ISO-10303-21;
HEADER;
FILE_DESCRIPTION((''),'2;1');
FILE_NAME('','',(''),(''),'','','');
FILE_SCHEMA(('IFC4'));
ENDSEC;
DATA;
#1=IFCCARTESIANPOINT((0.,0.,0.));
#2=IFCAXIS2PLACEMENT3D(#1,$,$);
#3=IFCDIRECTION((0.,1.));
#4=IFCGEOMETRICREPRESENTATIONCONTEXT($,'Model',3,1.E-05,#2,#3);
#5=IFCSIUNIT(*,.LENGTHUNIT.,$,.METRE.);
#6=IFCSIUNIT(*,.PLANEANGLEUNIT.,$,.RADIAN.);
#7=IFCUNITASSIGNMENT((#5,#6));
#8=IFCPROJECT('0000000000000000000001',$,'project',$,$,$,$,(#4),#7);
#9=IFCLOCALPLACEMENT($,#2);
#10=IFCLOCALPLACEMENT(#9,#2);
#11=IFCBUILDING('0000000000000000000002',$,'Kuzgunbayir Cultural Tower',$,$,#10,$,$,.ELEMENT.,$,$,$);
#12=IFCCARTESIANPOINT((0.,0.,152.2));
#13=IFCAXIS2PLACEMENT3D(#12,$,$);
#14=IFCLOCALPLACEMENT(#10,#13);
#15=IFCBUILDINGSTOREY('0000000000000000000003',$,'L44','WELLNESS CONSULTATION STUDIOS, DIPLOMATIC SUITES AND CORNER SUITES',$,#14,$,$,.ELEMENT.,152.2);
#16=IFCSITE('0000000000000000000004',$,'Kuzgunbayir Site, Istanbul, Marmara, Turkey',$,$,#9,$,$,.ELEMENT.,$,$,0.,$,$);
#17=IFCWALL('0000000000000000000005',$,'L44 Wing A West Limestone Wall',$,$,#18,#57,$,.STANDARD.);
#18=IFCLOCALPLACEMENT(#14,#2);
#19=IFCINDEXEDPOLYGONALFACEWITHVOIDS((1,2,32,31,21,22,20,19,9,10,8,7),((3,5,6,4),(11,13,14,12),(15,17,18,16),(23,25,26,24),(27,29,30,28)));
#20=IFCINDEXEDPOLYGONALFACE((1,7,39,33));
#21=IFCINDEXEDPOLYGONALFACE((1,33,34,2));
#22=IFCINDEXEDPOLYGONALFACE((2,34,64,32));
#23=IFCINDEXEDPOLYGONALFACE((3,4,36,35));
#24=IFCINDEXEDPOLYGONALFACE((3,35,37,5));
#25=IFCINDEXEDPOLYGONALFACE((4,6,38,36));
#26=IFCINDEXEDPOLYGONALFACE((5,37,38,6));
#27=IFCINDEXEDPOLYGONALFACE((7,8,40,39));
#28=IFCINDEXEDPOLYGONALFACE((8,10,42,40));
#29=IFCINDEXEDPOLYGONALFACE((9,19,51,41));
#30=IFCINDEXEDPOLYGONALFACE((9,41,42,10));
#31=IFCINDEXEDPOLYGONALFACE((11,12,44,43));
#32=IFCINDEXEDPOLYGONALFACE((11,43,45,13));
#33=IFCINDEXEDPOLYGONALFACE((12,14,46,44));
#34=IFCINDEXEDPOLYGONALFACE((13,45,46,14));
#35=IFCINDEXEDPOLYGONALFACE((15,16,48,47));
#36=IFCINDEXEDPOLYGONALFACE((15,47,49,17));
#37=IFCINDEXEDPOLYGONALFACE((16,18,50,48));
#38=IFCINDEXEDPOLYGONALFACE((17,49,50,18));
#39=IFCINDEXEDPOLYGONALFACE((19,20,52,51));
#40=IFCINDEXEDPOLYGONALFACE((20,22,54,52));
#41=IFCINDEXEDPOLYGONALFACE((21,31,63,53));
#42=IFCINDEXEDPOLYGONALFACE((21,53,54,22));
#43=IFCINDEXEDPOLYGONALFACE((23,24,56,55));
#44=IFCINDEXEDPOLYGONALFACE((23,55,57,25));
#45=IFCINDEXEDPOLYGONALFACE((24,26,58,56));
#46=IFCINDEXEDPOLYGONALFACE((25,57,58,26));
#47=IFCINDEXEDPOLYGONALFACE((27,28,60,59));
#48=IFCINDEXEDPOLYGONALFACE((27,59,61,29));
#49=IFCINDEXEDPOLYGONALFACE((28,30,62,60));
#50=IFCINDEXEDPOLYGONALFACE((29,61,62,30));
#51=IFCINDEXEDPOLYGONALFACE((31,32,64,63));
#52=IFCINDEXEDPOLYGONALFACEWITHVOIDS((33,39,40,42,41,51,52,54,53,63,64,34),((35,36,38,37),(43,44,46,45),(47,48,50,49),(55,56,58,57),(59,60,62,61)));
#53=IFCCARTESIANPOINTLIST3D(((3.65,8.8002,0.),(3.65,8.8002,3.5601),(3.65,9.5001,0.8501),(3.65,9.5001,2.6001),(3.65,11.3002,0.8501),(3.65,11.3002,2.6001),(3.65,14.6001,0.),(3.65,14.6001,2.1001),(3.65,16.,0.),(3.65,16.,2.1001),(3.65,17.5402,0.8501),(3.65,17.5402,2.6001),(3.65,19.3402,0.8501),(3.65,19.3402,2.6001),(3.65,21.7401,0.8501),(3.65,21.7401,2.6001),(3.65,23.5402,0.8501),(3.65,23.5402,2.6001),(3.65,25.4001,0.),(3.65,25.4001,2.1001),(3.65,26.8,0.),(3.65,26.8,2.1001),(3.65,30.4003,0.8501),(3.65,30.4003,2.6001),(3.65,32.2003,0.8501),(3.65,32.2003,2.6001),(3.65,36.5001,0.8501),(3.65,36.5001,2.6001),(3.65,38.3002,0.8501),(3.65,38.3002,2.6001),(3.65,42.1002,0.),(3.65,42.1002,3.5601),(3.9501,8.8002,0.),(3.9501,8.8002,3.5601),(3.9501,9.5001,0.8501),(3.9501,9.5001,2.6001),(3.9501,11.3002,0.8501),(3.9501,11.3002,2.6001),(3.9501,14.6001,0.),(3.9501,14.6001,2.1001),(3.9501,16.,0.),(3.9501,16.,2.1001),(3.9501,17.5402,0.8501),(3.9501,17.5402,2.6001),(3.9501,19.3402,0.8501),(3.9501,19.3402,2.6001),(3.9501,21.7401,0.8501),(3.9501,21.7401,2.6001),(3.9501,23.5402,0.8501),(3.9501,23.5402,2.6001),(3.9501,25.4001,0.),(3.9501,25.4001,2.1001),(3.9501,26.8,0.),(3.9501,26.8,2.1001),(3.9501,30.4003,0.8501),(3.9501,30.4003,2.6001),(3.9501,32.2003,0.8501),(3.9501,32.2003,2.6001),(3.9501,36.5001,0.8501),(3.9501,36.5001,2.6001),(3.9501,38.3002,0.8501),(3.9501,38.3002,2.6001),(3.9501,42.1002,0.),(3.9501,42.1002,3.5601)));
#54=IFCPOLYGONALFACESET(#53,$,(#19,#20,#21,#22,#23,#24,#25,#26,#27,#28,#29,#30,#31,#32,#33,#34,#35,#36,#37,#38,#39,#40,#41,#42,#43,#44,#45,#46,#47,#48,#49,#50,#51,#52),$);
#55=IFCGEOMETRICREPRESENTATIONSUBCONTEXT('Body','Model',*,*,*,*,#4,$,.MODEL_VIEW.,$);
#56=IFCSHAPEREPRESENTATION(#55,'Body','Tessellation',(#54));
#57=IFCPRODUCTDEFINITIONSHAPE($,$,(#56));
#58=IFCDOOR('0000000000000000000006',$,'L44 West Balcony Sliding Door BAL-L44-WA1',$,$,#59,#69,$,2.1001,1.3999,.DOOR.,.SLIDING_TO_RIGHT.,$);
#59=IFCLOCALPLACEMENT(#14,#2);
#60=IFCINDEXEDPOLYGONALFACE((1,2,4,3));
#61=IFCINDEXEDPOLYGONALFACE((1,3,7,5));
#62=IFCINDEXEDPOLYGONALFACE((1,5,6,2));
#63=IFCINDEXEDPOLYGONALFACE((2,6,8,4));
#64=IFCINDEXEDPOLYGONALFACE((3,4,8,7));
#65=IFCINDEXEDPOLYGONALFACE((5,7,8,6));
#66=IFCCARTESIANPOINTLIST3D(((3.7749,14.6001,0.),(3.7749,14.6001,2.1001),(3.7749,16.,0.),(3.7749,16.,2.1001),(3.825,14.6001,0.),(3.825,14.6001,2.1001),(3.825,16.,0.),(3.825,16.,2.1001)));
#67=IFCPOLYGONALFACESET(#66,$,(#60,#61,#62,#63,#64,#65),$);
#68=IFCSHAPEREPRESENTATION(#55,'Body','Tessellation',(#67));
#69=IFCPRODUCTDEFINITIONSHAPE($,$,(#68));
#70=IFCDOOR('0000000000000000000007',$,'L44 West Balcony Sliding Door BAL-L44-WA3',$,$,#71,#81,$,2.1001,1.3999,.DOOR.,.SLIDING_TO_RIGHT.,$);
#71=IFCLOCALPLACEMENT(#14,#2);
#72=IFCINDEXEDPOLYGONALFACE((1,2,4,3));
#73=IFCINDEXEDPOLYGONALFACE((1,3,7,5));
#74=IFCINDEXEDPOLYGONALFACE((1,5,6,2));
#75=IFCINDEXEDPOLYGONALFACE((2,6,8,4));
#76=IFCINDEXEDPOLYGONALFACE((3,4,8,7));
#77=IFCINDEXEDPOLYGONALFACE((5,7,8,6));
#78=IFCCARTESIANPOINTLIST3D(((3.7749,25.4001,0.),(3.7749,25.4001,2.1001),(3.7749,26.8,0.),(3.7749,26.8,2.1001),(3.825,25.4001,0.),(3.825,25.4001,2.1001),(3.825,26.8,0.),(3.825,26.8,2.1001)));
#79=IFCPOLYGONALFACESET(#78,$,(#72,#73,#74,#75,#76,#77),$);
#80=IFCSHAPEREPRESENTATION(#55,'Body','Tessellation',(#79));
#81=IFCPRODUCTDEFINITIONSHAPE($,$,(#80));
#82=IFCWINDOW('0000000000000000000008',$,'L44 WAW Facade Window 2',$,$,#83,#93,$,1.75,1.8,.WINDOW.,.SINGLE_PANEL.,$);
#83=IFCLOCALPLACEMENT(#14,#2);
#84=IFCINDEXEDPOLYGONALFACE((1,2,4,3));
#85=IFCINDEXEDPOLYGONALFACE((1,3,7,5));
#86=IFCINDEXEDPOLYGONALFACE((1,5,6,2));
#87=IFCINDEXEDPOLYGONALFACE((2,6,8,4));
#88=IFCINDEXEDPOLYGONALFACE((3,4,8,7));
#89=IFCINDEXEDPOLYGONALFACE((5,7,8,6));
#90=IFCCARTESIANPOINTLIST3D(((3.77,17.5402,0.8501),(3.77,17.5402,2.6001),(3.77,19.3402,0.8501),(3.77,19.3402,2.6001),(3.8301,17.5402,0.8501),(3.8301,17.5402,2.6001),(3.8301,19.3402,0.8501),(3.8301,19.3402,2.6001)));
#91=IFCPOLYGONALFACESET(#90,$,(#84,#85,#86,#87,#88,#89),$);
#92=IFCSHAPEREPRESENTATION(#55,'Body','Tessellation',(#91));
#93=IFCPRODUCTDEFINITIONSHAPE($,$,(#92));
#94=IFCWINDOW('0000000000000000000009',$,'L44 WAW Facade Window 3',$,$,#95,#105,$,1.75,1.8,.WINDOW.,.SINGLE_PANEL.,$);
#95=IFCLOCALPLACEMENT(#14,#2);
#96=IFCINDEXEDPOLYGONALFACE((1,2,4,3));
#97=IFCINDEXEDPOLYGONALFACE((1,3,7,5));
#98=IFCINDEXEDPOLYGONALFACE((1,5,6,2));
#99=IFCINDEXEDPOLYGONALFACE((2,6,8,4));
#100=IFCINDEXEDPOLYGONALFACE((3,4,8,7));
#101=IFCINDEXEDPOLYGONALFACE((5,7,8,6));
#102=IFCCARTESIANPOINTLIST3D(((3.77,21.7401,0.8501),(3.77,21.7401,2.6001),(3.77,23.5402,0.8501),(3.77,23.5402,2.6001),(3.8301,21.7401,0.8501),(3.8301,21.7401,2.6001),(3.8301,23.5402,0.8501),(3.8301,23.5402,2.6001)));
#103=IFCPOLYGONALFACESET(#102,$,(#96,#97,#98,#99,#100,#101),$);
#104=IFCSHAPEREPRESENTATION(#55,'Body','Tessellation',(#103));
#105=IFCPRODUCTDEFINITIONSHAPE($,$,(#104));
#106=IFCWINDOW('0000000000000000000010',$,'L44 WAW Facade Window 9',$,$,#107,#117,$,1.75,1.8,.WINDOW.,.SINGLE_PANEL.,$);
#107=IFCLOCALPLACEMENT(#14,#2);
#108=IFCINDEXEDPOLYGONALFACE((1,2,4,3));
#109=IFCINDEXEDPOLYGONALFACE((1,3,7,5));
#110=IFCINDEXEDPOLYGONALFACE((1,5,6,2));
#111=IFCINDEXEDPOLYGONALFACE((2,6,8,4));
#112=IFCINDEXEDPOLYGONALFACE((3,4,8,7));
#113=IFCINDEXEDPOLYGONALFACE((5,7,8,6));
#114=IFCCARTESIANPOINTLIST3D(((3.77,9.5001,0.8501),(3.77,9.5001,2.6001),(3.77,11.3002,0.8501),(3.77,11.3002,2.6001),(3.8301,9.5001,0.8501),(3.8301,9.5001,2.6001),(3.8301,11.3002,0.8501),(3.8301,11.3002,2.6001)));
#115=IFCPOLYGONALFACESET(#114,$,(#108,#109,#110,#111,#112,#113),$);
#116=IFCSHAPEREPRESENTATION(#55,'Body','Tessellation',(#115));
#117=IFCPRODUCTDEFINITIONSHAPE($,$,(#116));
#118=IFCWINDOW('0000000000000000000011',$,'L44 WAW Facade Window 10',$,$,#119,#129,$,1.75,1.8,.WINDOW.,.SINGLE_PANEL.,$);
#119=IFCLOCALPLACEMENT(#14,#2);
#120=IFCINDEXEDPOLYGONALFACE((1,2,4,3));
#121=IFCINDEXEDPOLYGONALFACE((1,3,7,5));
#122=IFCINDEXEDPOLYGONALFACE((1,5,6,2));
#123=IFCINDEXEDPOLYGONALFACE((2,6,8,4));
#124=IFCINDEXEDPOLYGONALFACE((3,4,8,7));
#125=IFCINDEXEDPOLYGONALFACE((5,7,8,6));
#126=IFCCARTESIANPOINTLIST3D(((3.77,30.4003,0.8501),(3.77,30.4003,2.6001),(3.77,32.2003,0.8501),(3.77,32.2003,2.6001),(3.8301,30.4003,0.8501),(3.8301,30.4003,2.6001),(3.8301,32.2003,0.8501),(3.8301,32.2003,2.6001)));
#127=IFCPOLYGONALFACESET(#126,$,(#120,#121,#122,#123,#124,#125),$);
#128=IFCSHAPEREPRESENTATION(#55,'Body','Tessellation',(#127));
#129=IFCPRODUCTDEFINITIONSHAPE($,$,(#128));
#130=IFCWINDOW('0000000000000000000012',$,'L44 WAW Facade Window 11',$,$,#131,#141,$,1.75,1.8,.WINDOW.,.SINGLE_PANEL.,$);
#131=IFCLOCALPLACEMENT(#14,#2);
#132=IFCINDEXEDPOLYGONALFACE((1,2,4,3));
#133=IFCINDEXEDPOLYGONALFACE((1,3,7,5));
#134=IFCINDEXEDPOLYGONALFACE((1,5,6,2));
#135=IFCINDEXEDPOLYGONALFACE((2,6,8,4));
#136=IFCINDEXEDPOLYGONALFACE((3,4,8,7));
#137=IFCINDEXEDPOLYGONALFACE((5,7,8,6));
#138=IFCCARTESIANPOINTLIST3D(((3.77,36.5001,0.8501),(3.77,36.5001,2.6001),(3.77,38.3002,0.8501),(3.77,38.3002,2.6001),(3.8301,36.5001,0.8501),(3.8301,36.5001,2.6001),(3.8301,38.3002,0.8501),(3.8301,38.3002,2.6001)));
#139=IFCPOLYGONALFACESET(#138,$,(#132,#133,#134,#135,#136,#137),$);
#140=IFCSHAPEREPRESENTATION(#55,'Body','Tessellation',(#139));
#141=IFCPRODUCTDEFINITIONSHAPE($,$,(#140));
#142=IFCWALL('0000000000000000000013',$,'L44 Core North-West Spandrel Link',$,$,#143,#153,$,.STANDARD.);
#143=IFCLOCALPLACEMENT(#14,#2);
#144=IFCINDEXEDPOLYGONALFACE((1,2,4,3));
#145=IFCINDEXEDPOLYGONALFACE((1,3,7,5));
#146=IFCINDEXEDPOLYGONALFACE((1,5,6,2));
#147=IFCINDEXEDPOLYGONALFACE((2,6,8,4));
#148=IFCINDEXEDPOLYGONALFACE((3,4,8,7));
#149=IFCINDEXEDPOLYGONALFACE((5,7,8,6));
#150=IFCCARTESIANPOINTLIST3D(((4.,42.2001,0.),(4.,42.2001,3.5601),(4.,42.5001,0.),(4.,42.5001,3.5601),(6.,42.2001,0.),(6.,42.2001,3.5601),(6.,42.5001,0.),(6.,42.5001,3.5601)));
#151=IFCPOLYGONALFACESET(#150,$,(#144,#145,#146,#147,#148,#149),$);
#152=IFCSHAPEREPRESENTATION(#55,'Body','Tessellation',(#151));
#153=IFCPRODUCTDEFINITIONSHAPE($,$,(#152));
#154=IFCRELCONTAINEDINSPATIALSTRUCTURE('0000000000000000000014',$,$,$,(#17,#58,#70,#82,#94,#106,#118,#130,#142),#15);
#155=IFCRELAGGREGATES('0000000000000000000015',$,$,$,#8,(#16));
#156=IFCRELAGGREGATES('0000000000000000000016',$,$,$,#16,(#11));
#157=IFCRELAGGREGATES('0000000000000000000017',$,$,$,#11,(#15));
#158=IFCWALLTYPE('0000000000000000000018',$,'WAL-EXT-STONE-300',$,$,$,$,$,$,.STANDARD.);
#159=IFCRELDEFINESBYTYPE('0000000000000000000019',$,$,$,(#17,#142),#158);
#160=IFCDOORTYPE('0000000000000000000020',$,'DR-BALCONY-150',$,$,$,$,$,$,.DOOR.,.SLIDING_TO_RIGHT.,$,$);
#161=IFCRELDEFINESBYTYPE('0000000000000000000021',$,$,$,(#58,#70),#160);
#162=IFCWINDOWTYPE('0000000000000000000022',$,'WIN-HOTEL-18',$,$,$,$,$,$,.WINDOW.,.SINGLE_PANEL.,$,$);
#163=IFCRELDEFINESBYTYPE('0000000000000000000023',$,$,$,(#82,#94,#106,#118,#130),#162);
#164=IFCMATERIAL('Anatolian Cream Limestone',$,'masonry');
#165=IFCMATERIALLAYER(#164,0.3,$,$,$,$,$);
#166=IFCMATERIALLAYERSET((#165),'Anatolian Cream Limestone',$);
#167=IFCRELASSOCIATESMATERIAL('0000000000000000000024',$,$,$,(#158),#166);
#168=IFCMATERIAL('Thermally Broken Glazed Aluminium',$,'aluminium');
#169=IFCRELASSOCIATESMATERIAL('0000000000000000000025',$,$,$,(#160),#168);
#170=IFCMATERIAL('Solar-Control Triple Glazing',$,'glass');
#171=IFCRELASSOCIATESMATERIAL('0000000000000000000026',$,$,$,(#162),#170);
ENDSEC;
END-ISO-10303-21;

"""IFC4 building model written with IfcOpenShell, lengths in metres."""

from ifc_helpers import new_model, si_unit, direction, frame, frame_2d, origin, place, context, subcontext, project, spatial, rectangle, extrude, material, layer, layer_set, type_object, element, fill, save


model = new_model("IFC4")

# Units and contexts
model_context = context("Model", 3, precision=1e-05, world=origin(), true_north=direction((0.0, 1.0)))
body_context = subcontext(model_context, "Body", "Model", "MODEL_VIEW")
ifc_project = project(units=[si_unit("LENGTHUNIT", "METRE"), si_unit("PLANEANGLEUNIT", "RADIAN")], contexts=[model_context])

# Site, building, storey
site_placement = place(None, origin())
site = spatial("IfcSite", under=ifc_project, at=site_placement, Name="Kuzgunbayir Site, Istanbul, Marmara, Turkey", CompositionType="ELEMENT", RefElevation=0.0)
building_placement = place(site_placement, origin())
building = spatial("IfcBuilding", under=site, at=building_placement, Name="Kuzgunbayir Cultural Tower", CompositionType="ELEMENT")
storey_placement = place(building_placement, frame((0.0, 0.0, 152.2)))
storey = spatial("IfcBuildingStorey", under=building, at=storey_placement, Name="L44", Description="WELLNESS CONSULTATION STUDIOS, DIPLOMATIC SUITES AND CORNER SUITES", CompositionType="ELEMENT", Elevation=152.2)

# Wall, openings, doors, windows
ifc_material_1 = material(Name="Anatolian Cream Limestone", Category="masonry")
ifc_layer_1 = layer(ifc_material_1, 0.3)
ifc_layer_set_1 = layer_set([ifc_layer_1], Name="Anatolian Cream Limestone")
wall_type_1 = type_object("IfcWallType", Name="WAL-EXT-STONE-300", PredefinedType="STANDARD", material=ifc_layer_set_1)
wall_1_placement = place(storey_placement, frame((3.8, 42.1001, 0.0), z_axis=(0.0, 0.0, 1.0), x_axis=(0.0, -1.0, 0.0)))
wall_1 = element("IfcWall", 1, at=wall_1_placement, inside=storey, type_object=wall_type_1, Name="L44 Wing A West Limestone Wall", PredefinedType="STANDARD", context=body_context, shape_type="SweptSolid", body=[
    extrude(rectangle(XDim=33.3, YDim=0.3, at=frame_2d((16.6499, 0.0))), origin(), (0.0, 0.0, 1.0), 3.5601),
])
opening_1_placement = place(wall_1_placement, frame((26.1001, 0.0, 0.0)))
opening_1 = element("IfcOpeningElement", 2, at=opening_1_placement, cuts=wall_1, PredefinedType="OPENING", context=body_context, shape_type="SweptSolid", body=[
    extrude(rectangle(XDim=1.3999, YDim=2.1001, at=frame_2d((0.7, 1.05))), frame((0.0, 0.1602, 0.0), z_axis=(0.0, -1.0, 0.0), x_axis=(1.0, 0.0, 0.0)), (0.0, 0.0, 1.0), 0.3201),
])
opening_2_placement = place(wall_1_placement, frame((15.3, 0.0, 0.0)))
opening_2 = element("IfcOpeningElement", 3, at=opening_2_placement, cuts=wall_1, PredefinedType="OPENING", context=body_context, shape_type="SweptSolid", body=[
    extrude(rectangle(XDim=1.3999, YDim=2.1001, at=frame_2d((0.7, 1.05))), frame((0.0, 0.1602, 0.0), z_axis=(0.0, -1.0, 0.0), x_axis=(1.0, 0.0, 0.0)), (0.0, 0.0, 1.0), 0.3201),
])
opening_3_placement = place(wall_1_placement, frame((22.76, 0.0, 0.8501)))
opening_3 = element("IfcOpeningElement", 4, at=opening_3_placement, cuts=wall_1, PredefinedType="OPENING", context=body_context, shape_type="SweptSolid", body=[
    extrude(rectangle(XDim=1.8, YDim=1.75, at=frame_2d((0.8999, 0.875))), frame((0.0, 0.1602, 0.0), z_axis=(0.0, -1.0, 0.0), x_axis=(1.0, 0.0, 0.0)), (0.0, 0.0, 1.0), 0.3201),
])
opening_4_placement = place(wall_1_placement, frame((18.5601, 0.0, 0.8501)))
opening_4 = element("IfcOpeningElement", 5, at=opening_4_placement, cuts=wall_1, PredefinedType="OPENING", context=body_context, shape_type="SweptSolid", body=[
    extrude(rectangle(XDim=1.8, YDim=1.75, at=frame_2d((0.8999, 0.875))), frame((0.0, 0.1602, 0.0), z_axis=(0.0, -1.0, 0.0), x_axis=(1.0, 0.0, 0.0)), (0.0, 0.0, 1.0), 0.3201),
])
opening_5_placement = place(wall_1_placement, frame((30.8, 0.0, 0.8501)))
opening_5 = element("IfcOpeningElement", 6, at=opening_5_placement, cuts=wall_1, PredefinedType="OPENING", context=body_context, shape_type="SweptSolid", body=[
    extrude(rectangle(XDim=1.8, YDim=1.75, at=frame_2d((0.8999, 0.875))), frame((0.0, 0.1602, 0.0), z_axis=(0.0, -1.0, 0.0), x_axis=(1.0, 0.0, 0.0)), (0.0, 0.0, 1.0), 0.3201),
])
opening_6_placement = place(wall_1_placement, frame((9.8999, 0.0, 0.8501)))
opening_6 = element("IfcOpeningElement", 7, at=opening_6_placement, cuts=wall_1, PredefinedType="OPENING", context=body_context, shape_type="SweptSolid", body=[
    extrude(rectangle(XDim=1.8, YDim=1.75, at=frame_2d((0.8999, 0.875))), frame((0.0, 0.1602, 0.0), z_axis=(0.0, -1.0, 0.0), x_axis=(1.0, 0.0, 0.0)), (0.0, 0.0, 1.0), 0.3201),
])
opening_7_placement = place(wall_1_placement, frame((3.8, 0.0, 0.8501)))
opening_7 = element("IfcOpeningElement", 8, at=opening_7_placement, cuts=wall_1, PredefinedType="OPENING", context=body_context, shape_type="SweptSolid", body=[
    extrude(rectangle(XDim=1.8, YDim=1.75, at=frame_2d((0.8999, 0.875))), frame((0.0, 0.1602, 0.0), z_axis=(0.0, -1.0, 0.0), x_axis=(1.0, 0.0, 0.0)), (0.0, 0.0, 1.0), 0.3201),
])
ifc_material_2 = material(Name="Thermally Broken Glazed Aluminium", Category="aluminium")
door_type = type_object("IfcDoorType", Name="DR-BALCONY-150", OperationType="SLIDING_TO_RIGHT", PredefinedType="DOOR", material=ifc_material_2)
door_1_placement = place(opening_1_placement, origin())
door_1 = element("IfcDoor", 9, at=door_1_placement, inside=storey, type_object=door_type, Name="L44 West Balcony Sliding Door BAL-L44-WA1", OperationType="SLIDING_TO_RIGHT", OverallHeight=2.1001, OverallWidth=1.3999, PredefinedType="DOOR", context=body_context, shape_type="SweptSolid", body=[
    extrude(rectangle(XDim=1.3999, YDim=2.1001, at=frame_2d((0.7, 1.05))), frame((0.0, 0.0249, 0.0), z_axis=(0.0, -1.0, 0.0), x_axis=(1.0, 0.0, 0.0)), (0.0, 0.0, 1.0), 0.05),
])
fill(opening_1, door_1)
door_2_placement = place(opening_2_placement, origin())
door_2 = element("IfcDoor", 10, at=door_2_placement, inside=storey, type_object=door_type, Name="L44 West Balcony Sliding Door BAL-L44-WA3", OperationType="SLIDING_TO_RIGHT", OverallHeight=2.1001, OverallWidth=1.3999, PredefinedType="DOOR", context=body_context, shape_type="SweptSolid", body=[
    extrude(rectangle(XDim=1.3999, YDim=2.1001, at=frame_2d((0.7, 1.05))), frame((0.0, 0.0249, 0.0), z_axis=(0.0, -1.0, 0.0), x_axis=(1.0, 0.0, 0.0)), (0.0, 0.0, 1.0), 0.05),
])
fill(opening_2, door_2)
ifc_material_3 = material(Name="Solar-Control Triple Glazing", Category="glass")
window_type = type_object("IfcWindowType", Name="WIN-HOTEL-18", PartitioningType="SINGLE_PANEL", PredefinedType="WINDOW", material=ifc_material_3)
window_1_placement = place(opening_3_placement, origin())
window_1 = element("IfcWindow", 11, at=window_1_placement, inside=storey, type_object=window_type, Name="L44 WAW Facade Window 2", OverallHeight=1.75, OverallWidth=1.8, PartitioningType="SINGLE_PANEL", PredefinedType="WINDOW", context=body_context, shape_type="SweptSolid", body=[
    extrude(rectangle(XDim=1.8, YDim=1.75, at=frame_2d((0.8999, 0.875))), frame((0.0, 0.03, 0.0), z_axis=(0.0, -1.0, 0.0), x_axis=(1.0, 0.0, 0.0)), (0.0, 0.0, 1.0), 0.0601),
])
fill(opening_3, window_1)
window_2_placement = place(opening_4_placement, origin())
window_2 = element("IfcWindow", 12, at=window_2_placement, inside=storey, type_object=window_type, Name="L44 WAW Facade Window 3", OverallHeight=1.75, OverallWidth=1.8, PartitioningType="SINGLE_PANEL", PredefinedType="WINDOW", context=body_context, shape_type="SweptSolid", body=[
    extrude(rectangle(XDim=1.8, YDim=1.75, at=frame_2d((0.8999, 0.875))), frame((0.0, 0.03, 0.0), z_axis=(0.0, -1.0, 0.0), x_axis=(1.0, 0.0, 0.0)), (0.0, 0.0, 1.0), 0.0601),
])
fill(opening_4, window_2)
window_3_placement = place(opening_5_placement, origin())
window_3 = element("IfcWindow", 13, at=window_3_placement, inside=storey, type_object=window_type, Name="L44 WAW Facade Window 9", OverallHeight=1.75, OverallWidth=1.8, PartitioningType="SINGLE_PANEL", PredefinedType="WINDOW", context=body_context, shape_type="SweptSolid", body=[
    extrude(rectangle(XDim=1.8, YDim=1.75, at=frame_2d((0.8999, 0.875))), frame((0.0, 0.03, 0.0), z_axis=(0.0, -1.0, 0.0), x_axis=(1.0, 0.0, 0.0)), (0.0, 0.0, 1.0), 0.0601),
])
fill(opening_5, window_3)
window_4_placement = place(opening_6_placement, origin())
window_4 = element("IfcWindow", 14, at=window_4_placement, inside=storey, type_object=window_type, Name="L44 WAW Facade Window 10", OverallHeight=1.75, OverallWidth=1.8, PartitioningType="SINGLE_PANEL", PredefinedType="WINDOW", context=body_context, shape_type="SweptSolid", body=[
    extrude(rectangle(XDim=1.8, YDim=1.75, at=frame_2d((0.8999, 0.875))), frame((0.0, 0.03, 0.0), z_axis=(0.0, -1.0, 0.0), x_axis=(1.0, 0.0, 0.0)), (0.0, 0.0, 1.0), 0.0601),
])
fill(opening_6, window_4)
window_5_placement = place(opening_7_placement, origin())
window_5 = element("IfcWindow", 15, at=window_5_placement, inside=storey, type_object=window_type, Name="L44 WAW Facade Window 11", OverallHeight=1.75, OverallWidth=1.8, PartitioningType="SINGLE_PANEL", PredefinedType="WINDOW", context=body_context, shape_type="SweptSolid", body=[
    extrude(rectangle(XDim=1.8, YDim=1.75, at=frame_2d((0.8999, 0.875))), frame((0.0, 0.03, 0.0), z_axis=(0.0, -1.0, 0.0), x_axis=(1.0, 0.0, 0.0)), (0.0, 0.0, 1.0), 0.0601),
])
fill(opening_7, window_5)

# Wall
wall_2_placement = place(storey_placement, frame((6.0, 42.3501, 0.0), z_axis=(0.0, 0.0, 1.0), x_axis=(-1.0, 0.0, 0.0)))
element("IfcWall", 16, at=wall_2_placement, inside=storey, type_object=wall_type_1, Name="L44 Core North-West Spandrel Link", PredefinedType="STANDARD", context=body_context, shape_type="SweptSolid", body=[
    extrude(rectangle(XDim=2.0, YDim=0.3, at=frame_2d((1.0, 0.0))), origin(), (0.0, 0.0, 1.0), 3.5601),
])

save(model, "model.ifc")
